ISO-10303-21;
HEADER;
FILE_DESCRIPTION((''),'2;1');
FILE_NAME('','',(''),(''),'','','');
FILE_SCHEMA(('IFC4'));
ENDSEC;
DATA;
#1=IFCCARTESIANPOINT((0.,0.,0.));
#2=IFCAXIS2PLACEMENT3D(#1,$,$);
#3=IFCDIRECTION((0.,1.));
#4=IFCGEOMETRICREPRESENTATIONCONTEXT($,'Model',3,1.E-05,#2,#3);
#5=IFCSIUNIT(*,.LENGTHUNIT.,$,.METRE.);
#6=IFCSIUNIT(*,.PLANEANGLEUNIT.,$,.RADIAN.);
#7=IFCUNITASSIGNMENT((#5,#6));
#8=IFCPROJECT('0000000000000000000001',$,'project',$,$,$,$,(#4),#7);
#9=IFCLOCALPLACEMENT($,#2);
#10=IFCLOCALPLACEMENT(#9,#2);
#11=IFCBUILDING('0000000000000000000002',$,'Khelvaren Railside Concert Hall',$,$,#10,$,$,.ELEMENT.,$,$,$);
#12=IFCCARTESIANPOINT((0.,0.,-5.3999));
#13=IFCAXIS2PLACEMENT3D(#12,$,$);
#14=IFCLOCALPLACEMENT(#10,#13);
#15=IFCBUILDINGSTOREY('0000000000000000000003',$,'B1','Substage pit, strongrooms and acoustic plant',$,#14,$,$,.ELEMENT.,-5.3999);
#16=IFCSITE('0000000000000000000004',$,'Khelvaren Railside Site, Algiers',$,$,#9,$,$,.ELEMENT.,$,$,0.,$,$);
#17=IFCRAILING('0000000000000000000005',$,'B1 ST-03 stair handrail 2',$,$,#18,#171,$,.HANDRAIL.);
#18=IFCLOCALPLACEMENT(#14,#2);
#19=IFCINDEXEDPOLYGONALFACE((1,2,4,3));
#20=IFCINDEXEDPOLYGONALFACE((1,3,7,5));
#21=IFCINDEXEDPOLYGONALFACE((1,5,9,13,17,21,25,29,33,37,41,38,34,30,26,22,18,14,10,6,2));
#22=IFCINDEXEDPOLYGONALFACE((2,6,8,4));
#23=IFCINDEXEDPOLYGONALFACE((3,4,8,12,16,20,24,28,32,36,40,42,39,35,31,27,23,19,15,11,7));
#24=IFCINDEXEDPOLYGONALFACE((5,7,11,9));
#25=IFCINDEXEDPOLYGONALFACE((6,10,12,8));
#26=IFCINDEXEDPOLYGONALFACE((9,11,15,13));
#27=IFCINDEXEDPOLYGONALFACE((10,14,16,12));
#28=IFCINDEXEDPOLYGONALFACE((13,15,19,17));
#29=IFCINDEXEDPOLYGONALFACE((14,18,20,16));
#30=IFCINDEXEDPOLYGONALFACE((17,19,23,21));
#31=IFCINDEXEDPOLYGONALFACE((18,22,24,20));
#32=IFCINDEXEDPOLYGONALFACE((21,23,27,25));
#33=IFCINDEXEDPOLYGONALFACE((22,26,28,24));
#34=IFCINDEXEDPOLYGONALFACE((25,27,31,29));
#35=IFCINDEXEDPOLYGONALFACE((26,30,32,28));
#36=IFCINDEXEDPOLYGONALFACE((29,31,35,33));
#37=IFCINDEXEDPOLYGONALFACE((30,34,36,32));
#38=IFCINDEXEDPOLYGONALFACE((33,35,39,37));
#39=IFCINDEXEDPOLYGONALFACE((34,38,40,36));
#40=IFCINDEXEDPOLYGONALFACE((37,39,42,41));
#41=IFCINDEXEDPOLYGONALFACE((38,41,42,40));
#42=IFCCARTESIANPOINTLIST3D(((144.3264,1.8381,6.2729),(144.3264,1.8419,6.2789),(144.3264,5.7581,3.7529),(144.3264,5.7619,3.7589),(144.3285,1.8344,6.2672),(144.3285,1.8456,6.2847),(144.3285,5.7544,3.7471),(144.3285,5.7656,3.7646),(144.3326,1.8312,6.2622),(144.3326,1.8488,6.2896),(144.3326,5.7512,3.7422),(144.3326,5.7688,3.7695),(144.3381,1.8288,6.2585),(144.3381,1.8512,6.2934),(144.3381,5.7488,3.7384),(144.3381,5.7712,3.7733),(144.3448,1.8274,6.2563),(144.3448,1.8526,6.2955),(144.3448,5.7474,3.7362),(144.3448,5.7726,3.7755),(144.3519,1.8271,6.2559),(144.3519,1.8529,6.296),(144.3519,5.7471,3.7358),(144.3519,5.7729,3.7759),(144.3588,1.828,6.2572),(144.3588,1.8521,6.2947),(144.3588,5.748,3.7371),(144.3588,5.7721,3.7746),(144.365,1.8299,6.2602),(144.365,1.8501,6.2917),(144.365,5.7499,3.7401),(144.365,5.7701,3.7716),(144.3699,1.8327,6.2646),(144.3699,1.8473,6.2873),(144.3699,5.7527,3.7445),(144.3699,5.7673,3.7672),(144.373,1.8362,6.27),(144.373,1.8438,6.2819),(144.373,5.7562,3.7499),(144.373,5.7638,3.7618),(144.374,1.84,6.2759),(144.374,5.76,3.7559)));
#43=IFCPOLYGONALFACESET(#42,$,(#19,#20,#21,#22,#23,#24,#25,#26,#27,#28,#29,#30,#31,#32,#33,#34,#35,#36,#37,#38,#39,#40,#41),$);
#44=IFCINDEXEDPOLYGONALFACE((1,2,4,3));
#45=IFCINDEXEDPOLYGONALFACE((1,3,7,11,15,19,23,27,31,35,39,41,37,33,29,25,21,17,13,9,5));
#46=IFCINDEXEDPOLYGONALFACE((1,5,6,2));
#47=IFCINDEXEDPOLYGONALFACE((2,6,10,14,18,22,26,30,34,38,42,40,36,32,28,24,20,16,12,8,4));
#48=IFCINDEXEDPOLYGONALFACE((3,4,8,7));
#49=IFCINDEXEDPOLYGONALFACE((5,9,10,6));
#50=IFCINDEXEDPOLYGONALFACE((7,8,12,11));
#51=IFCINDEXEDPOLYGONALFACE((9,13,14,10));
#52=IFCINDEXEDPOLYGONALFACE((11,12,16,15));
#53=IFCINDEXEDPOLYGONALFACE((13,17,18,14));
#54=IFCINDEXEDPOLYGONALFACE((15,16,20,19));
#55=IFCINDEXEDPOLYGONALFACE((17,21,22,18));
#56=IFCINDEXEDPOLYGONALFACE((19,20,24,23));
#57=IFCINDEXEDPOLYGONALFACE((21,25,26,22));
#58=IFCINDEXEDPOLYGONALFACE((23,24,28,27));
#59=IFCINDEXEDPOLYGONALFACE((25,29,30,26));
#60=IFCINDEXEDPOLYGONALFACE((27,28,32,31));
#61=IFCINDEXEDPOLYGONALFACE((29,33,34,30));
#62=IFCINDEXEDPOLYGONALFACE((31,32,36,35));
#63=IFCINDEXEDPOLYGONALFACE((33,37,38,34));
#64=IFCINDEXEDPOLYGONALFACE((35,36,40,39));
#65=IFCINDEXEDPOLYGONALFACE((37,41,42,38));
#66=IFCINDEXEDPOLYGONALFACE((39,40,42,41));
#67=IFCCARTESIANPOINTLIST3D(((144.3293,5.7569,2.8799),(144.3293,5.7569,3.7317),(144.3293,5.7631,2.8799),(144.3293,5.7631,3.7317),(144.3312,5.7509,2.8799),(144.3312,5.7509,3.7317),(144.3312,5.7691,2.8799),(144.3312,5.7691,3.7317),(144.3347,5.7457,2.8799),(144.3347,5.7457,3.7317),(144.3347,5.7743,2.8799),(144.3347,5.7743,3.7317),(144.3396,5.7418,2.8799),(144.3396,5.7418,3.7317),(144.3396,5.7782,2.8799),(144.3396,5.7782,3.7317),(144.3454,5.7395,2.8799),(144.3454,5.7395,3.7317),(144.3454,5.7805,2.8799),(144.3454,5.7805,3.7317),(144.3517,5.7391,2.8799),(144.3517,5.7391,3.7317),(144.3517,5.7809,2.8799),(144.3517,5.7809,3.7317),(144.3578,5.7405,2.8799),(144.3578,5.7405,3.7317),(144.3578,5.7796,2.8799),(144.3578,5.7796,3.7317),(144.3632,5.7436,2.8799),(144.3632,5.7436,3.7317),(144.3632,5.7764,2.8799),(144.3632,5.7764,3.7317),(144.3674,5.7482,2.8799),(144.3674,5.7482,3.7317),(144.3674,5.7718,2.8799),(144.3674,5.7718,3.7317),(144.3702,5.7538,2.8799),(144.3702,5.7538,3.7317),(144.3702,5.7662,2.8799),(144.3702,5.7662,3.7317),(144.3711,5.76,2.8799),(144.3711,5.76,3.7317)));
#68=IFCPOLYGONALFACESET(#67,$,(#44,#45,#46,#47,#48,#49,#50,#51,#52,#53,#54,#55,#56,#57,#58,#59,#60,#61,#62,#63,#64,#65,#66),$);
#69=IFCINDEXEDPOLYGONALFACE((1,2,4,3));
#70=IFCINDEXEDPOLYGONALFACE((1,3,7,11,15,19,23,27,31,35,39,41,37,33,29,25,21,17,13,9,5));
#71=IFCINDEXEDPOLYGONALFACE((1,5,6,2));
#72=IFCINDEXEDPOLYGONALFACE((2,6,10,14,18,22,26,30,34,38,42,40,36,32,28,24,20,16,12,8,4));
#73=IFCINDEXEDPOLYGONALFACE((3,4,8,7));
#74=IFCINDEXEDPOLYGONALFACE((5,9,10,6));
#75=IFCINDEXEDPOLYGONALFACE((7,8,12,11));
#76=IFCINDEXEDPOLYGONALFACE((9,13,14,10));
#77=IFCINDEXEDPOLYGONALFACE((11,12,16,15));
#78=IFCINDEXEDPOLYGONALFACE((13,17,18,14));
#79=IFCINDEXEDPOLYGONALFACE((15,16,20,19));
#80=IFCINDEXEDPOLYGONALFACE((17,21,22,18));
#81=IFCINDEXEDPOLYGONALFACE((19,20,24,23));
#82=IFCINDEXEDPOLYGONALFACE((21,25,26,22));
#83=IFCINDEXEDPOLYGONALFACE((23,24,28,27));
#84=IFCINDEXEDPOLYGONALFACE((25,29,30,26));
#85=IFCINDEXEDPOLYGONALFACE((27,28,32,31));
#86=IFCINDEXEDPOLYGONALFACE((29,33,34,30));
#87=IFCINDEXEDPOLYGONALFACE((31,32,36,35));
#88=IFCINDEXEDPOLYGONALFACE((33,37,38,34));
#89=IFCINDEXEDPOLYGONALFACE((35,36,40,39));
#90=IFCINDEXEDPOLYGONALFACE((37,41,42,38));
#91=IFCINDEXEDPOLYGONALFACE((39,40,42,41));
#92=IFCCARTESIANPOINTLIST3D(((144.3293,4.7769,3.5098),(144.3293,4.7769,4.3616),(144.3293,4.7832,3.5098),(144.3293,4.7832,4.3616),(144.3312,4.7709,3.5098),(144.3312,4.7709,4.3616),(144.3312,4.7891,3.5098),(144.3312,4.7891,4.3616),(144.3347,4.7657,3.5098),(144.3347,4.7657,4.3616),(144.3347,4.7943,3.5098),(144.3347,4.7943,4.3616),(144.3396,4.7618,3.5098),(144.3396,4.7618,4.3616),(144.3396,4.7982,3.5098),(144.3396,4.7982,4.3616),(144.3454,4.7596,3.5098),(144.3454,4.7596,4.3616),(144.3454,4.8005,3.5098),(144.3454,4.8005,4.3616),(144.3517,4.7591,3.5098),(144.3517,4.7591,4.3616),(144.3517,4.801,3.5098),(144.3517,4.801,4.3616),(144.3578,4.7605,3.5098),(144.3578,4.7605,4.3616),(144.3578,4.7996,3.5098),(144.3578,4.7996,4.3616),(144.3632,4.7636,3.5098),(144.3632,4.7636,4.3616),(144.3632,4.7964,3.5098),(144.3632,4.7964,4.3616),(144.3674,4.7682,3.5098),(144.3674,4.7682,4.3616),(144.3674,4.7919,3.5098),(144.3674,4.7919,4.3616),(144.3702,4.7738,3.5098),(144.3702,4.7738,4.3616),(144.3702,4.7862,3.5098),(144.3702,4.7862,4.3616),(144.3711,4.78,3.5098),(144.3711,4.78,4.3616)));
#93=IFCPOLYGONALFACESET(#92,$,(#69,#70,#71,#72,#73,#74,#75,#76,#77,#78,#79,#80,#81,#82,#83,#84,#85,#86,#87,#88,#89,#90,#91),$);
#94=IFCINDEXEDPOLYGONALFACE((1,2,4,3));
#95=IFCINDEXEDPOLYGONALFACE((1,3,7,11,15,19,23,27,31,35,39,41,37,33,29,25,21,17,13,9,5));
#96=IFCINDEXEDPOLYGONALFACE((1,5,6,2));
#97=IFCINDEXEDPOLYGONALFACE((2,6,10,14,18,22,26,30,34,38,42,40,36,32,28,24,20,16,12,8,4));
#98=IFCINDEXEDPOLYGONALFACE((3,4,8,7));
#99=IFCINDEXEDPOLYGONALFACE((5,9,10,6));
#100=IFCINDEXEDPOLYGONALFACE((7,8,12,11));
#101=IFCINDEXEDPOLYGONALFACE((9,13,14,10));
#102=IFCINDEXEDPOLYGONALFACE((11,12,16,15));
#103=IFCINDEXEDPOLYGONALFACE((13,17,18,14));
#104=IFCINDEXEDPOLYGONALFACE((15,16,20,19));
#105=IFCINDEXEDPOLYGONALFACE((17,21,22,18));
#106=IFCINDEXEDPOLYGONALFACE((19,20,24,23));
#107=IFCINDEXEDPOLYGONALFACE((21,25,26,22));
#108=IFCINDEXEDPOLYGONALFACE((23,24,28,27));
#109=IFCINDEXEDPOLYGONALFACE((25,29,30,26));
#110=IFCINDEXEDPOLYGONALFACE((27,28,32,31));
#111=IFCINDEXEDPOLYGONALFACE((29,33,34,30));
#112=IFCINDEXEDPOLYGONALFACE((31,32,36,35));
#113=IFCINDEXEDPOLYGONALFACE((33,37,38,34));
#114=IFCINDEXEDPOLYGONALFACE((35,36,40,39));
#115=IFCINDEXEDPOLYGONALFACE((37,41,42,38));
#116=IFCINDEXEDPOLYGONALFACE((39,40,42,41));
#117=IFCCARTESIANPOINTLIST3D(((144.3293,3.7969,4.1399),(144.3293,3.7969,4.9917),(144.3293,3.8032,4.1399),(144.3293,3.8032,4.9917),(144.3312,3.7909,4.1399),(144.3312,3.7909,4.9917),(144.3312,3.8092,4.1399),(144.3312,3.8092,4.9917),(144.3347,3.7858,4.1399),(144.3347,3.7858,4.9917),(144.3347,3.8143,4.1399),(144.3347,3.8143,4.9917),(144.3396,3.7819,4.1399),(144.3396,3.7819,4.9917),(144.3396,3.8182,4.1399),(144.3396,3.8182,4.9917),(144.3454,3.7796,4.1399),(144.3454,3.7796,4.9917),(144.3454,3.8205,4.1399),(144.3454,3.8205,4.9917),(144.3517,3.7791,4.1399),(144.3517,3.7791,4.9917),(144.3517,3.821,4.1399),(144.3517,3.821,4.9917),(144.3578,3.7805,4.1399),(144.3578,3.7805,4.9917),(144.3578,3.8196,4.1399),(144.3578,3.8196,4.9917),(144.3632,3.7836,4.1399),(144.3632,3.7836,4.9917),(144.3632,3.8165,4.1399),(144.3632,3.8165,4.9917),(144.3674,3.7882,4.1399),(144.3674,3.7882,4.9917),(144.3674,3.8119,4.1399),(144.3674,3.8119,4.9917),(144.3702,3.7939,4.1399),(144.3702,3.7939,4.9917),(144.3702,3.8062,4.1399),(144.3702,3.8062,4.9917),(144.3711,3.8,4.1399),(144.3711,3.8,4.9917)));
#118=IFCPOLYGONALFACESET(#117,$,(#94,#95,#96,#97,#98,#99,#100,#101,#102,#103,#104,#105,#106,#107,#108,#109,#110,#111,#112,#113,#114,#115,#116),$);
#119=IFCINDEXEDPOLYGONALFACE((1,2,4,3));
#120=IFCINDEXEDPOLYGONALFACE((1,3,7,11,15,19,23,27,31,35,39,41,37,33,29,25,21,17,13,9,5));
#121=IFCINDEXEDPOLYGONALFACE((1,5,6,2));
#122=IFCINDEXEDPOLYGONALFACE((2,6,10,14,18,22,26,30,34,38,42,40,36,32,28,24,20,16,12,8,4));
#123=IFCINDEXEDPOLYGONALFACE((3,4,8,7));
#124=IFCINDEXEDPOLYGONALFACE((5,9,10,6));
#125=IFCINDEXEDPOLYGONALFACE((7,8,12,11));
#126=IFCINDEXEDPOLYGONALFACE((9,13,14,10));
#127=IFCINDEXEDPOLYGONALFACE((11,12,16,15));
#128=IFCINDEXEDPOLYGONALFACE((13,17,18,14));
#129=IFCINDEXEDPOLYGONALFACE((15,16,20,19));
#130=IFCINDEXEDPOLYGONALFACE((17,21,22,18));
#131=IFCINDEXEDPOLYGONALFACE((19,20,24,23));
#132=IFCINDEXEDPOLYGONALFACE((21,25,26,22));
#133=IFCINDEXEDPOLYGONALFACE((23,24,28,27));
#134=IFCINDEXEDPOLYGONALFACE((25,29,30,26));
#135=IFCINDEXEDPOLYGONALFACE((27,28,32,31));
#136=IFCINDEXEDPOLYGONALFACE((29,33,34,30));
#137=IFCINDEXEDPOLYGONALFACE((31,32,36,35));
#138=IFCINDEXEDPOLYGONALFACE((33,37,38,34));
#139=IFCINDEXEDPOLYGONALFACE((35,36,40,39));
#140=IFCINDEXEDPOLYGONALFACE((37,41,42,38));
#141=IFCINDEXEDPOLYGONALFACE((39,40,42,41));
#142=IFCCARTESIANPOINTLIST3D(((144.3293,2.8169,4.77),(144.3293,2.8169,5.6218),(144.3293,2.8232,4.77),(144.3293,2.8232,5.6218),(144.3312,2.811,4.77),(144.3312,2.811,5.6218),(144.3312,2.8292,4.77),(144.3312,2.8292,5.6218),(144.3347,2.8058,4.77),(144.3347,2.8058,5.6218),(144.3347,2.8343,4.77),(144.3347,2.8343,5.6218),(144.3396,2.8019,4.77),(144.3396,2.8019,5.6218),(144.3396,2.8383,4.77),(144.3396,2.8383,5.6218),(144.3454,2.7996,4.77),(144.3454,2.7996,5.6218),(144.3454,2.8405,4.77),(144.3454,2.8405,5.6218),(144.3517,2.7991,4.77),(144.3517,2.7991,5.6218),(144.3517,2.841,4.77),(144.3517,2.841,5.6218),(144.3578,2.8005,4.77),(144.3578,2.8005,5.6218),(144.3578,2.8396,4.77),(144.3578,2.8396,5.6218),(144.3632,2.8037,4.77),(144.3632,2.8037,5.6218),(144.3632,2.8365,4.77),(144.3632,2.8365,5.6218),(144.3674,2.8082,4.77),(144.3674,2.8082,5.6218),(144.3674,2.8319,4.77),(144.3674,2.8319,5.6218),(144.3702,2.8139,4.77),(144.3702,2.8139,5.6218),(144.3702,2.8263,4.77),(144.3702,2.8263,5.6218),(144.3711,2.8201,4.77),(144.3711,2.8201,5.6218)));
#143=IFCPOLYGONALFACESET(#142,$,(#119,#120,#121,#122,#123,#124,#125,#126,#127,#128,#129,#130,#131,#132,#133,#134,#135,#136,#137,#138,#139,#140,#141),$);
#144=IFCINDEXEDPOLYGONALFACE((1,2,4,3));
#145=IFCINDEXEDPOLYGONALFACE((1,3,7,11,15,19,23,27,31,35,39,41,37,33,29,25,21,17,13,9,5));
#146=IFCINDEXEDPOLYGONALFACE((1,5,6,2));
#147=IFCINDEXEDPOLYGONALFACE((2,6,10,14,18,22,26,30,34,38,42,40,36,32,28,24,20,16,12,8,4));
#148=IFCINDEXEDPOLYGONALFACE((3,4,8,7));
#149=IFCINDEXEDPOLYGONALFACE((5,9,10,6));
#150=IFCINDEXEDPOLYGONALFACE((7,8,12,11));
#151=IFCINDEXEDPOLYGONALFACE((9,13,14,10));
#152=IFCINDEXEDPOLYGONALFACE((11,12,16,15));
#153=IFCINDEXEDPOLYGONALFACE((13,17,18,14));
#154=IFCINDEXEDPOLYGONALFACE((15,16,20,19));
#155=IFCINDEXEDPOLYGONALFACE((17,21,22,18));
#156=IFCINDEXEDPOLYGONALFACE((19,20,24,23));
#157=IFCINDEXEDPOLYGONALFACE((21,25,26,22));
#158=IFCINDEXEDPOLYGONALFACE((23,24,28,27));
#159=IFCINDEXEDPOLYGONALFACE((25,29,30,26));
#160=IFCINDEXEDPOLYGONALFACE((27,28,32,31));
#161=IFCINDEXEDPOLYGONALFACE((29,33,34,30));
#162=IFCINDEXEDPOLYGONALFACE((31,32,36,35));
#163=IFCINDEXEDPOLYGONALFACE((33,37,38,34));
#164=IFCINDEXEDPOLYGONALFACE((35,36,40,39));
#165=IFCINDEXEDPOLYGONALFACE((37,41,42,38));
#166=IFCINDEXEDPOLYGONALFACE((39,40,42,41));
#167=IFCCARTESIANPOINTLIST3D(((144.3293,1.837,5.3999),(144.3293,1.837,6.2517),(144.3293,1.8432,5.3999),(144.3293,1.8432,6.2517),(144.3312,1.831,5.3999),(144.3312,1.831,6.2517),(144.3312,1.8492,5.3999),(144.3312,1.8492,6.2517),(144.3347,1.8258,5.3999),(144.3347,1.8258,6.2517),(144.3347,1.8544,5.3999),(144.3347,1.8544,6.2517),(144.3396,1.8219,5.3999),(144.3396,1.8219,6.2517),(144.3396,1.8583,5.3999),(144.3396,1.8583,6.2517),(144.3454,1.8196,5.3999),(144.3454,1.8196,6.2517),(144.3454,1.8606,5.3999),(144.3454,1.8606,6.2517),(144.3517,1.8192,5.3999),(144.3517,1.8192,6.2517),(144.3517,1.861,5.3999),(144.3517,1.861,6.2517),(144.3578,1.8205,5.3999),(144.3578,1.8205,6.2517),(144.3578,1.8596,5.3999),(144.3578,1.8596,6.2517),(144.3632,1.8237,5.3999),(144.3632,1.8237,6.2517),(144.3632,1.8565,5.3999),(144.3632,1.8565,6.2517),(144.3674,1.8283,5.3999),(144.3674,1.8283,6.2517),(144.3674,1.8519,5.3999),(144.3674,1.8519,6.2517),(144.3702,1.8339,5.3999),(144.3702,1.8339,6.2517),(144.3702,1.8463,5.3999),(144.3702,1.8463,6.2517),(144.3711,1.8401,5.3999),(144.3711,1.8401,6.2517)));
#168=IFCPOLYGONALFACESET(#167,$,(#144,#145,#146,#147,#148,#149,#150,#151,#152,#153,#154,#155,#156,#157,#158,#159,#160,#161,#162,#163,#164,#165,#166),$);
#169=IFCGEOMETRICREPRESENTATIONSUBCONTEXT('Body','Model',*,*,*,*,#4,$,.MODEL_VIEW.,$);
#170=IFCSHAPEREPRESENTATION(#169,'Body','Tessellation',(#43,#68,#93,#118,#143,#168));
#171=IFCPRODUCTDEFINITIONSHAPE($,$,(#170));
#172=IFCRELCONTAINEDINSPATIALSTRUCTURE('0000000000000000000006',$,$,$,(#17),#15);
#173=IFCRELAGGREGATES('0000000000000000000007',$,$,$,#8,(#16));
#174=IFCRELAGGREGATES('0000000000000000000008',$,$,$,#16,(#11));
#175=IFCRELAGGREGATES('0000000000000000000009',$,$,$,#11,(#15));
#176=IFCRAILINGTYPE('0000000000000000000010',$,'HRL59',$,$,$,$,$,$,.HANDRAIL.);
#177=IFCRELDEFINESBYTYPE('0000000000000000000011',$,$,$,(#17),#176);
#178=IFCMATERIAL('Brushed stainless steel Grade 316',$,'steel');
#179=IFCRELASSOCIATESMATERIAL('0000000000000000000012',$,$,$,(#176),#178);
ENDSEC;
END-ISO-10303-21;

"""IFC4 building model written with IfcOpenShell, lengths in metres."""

from ifc_helpers import new_model, si_unit, direction, frame, origin, origin_2d, place, context, subcontext, project, spatial, circle, extrude, material, type_object, element, save


model = new_model("IFC4")

# Units and contexts
model_context = context("Model", 3, precision=1e-05, world=origin(), true_north=direction((0.0, 1.0)))
body_context = subcontext(model_context, "Body", "Model", "MODEL_VIEW")
ifc_project = project(units=[si_unit("LENGTHUNIT", "METRE"), si_unit("PLANEANGLEUNIT", "RADIAN")], contexts=[model_context])

# Site, building, storey
site_placement = place(None, origin())
site = spatial("IfcSite", under=ifc_project, at=site_placement, Name="Khelvaren Railside Site, Algiers", CompositionType="ELEMENT", RefElevation=0.0)
building_placement = place(site_placement, origin())
building = spatial("IfcBuilding", under=site, at=building_placement, Name="Khelvaren Railside Concert Hall", CompositionType="ELEMENT")
storey_placement = place(building_placement, frame((0.0, 0.0, -5.3999)))
storey = spatial("IfcBuildingStorey", under=building, at=storey_placement, Name="B1", Description="Substage pit, strongrooms and acoustic plant", CompositionType="ELEMENT", Elevation=-5.3999)

# Railing
ifc_material_1 = material(Name="Brushed stainless steel Grade 316", Category="steel")
railing_type_1 = type_object("IfcRailingType", Name="HRL59", PredefinedType="HANDRAIL", material=ifc_material_1)
railing_placement = place(storey_placement, frame((144.3501, 5.76, 2.8799)))
element("IfcRailing", 1, at=railing_placement, inside=storey, type_object=railing_type_1, Name="B1 ST-03 stair handrail 2", PredefinedType="HANDRAIL", context=body_context, shape_type="SweptSolid", body=[
    extrude(circle(Radius=0.0239, at=origin_2d()), frame((0.0, 0.0, 0.876), z_axis=(0.0, -0.841172, 0.540768), x_axis=(1.0, 0.0, 0.0)), (0.0, 0.0, 1.0), 4.6602),
    extrude(circle(Radius=0.021, at=origin_2d()), origin(), (0.0, 0.0, 1.0), 0.8518),
    extrude(circle(Radius=0.021, at=origin_2d()), frame((0.0, -0.98, 0.6299)), (0.0, 0.0, 1.0), 0.8518),
    extrude(circle(Radius=0.021, at=origin_2d()), frame((0.0, -1.96, 1.26)), (0.0, 0.0, 1.0), 0.8518),
    extrude(circle(Radius=0.021, at=origin_2d()), frame((0.0, -2.9399, 1.8901)), (0.0, 0.0, 1.0), 0.8518),
    extrude(circle(Radius=0.021, at=origin_2d()), frame((0.0, -3.9199, 2.52)), (0.0, 0.0, 1.0), 0.8518),
])

save(model, "model.ifc")
